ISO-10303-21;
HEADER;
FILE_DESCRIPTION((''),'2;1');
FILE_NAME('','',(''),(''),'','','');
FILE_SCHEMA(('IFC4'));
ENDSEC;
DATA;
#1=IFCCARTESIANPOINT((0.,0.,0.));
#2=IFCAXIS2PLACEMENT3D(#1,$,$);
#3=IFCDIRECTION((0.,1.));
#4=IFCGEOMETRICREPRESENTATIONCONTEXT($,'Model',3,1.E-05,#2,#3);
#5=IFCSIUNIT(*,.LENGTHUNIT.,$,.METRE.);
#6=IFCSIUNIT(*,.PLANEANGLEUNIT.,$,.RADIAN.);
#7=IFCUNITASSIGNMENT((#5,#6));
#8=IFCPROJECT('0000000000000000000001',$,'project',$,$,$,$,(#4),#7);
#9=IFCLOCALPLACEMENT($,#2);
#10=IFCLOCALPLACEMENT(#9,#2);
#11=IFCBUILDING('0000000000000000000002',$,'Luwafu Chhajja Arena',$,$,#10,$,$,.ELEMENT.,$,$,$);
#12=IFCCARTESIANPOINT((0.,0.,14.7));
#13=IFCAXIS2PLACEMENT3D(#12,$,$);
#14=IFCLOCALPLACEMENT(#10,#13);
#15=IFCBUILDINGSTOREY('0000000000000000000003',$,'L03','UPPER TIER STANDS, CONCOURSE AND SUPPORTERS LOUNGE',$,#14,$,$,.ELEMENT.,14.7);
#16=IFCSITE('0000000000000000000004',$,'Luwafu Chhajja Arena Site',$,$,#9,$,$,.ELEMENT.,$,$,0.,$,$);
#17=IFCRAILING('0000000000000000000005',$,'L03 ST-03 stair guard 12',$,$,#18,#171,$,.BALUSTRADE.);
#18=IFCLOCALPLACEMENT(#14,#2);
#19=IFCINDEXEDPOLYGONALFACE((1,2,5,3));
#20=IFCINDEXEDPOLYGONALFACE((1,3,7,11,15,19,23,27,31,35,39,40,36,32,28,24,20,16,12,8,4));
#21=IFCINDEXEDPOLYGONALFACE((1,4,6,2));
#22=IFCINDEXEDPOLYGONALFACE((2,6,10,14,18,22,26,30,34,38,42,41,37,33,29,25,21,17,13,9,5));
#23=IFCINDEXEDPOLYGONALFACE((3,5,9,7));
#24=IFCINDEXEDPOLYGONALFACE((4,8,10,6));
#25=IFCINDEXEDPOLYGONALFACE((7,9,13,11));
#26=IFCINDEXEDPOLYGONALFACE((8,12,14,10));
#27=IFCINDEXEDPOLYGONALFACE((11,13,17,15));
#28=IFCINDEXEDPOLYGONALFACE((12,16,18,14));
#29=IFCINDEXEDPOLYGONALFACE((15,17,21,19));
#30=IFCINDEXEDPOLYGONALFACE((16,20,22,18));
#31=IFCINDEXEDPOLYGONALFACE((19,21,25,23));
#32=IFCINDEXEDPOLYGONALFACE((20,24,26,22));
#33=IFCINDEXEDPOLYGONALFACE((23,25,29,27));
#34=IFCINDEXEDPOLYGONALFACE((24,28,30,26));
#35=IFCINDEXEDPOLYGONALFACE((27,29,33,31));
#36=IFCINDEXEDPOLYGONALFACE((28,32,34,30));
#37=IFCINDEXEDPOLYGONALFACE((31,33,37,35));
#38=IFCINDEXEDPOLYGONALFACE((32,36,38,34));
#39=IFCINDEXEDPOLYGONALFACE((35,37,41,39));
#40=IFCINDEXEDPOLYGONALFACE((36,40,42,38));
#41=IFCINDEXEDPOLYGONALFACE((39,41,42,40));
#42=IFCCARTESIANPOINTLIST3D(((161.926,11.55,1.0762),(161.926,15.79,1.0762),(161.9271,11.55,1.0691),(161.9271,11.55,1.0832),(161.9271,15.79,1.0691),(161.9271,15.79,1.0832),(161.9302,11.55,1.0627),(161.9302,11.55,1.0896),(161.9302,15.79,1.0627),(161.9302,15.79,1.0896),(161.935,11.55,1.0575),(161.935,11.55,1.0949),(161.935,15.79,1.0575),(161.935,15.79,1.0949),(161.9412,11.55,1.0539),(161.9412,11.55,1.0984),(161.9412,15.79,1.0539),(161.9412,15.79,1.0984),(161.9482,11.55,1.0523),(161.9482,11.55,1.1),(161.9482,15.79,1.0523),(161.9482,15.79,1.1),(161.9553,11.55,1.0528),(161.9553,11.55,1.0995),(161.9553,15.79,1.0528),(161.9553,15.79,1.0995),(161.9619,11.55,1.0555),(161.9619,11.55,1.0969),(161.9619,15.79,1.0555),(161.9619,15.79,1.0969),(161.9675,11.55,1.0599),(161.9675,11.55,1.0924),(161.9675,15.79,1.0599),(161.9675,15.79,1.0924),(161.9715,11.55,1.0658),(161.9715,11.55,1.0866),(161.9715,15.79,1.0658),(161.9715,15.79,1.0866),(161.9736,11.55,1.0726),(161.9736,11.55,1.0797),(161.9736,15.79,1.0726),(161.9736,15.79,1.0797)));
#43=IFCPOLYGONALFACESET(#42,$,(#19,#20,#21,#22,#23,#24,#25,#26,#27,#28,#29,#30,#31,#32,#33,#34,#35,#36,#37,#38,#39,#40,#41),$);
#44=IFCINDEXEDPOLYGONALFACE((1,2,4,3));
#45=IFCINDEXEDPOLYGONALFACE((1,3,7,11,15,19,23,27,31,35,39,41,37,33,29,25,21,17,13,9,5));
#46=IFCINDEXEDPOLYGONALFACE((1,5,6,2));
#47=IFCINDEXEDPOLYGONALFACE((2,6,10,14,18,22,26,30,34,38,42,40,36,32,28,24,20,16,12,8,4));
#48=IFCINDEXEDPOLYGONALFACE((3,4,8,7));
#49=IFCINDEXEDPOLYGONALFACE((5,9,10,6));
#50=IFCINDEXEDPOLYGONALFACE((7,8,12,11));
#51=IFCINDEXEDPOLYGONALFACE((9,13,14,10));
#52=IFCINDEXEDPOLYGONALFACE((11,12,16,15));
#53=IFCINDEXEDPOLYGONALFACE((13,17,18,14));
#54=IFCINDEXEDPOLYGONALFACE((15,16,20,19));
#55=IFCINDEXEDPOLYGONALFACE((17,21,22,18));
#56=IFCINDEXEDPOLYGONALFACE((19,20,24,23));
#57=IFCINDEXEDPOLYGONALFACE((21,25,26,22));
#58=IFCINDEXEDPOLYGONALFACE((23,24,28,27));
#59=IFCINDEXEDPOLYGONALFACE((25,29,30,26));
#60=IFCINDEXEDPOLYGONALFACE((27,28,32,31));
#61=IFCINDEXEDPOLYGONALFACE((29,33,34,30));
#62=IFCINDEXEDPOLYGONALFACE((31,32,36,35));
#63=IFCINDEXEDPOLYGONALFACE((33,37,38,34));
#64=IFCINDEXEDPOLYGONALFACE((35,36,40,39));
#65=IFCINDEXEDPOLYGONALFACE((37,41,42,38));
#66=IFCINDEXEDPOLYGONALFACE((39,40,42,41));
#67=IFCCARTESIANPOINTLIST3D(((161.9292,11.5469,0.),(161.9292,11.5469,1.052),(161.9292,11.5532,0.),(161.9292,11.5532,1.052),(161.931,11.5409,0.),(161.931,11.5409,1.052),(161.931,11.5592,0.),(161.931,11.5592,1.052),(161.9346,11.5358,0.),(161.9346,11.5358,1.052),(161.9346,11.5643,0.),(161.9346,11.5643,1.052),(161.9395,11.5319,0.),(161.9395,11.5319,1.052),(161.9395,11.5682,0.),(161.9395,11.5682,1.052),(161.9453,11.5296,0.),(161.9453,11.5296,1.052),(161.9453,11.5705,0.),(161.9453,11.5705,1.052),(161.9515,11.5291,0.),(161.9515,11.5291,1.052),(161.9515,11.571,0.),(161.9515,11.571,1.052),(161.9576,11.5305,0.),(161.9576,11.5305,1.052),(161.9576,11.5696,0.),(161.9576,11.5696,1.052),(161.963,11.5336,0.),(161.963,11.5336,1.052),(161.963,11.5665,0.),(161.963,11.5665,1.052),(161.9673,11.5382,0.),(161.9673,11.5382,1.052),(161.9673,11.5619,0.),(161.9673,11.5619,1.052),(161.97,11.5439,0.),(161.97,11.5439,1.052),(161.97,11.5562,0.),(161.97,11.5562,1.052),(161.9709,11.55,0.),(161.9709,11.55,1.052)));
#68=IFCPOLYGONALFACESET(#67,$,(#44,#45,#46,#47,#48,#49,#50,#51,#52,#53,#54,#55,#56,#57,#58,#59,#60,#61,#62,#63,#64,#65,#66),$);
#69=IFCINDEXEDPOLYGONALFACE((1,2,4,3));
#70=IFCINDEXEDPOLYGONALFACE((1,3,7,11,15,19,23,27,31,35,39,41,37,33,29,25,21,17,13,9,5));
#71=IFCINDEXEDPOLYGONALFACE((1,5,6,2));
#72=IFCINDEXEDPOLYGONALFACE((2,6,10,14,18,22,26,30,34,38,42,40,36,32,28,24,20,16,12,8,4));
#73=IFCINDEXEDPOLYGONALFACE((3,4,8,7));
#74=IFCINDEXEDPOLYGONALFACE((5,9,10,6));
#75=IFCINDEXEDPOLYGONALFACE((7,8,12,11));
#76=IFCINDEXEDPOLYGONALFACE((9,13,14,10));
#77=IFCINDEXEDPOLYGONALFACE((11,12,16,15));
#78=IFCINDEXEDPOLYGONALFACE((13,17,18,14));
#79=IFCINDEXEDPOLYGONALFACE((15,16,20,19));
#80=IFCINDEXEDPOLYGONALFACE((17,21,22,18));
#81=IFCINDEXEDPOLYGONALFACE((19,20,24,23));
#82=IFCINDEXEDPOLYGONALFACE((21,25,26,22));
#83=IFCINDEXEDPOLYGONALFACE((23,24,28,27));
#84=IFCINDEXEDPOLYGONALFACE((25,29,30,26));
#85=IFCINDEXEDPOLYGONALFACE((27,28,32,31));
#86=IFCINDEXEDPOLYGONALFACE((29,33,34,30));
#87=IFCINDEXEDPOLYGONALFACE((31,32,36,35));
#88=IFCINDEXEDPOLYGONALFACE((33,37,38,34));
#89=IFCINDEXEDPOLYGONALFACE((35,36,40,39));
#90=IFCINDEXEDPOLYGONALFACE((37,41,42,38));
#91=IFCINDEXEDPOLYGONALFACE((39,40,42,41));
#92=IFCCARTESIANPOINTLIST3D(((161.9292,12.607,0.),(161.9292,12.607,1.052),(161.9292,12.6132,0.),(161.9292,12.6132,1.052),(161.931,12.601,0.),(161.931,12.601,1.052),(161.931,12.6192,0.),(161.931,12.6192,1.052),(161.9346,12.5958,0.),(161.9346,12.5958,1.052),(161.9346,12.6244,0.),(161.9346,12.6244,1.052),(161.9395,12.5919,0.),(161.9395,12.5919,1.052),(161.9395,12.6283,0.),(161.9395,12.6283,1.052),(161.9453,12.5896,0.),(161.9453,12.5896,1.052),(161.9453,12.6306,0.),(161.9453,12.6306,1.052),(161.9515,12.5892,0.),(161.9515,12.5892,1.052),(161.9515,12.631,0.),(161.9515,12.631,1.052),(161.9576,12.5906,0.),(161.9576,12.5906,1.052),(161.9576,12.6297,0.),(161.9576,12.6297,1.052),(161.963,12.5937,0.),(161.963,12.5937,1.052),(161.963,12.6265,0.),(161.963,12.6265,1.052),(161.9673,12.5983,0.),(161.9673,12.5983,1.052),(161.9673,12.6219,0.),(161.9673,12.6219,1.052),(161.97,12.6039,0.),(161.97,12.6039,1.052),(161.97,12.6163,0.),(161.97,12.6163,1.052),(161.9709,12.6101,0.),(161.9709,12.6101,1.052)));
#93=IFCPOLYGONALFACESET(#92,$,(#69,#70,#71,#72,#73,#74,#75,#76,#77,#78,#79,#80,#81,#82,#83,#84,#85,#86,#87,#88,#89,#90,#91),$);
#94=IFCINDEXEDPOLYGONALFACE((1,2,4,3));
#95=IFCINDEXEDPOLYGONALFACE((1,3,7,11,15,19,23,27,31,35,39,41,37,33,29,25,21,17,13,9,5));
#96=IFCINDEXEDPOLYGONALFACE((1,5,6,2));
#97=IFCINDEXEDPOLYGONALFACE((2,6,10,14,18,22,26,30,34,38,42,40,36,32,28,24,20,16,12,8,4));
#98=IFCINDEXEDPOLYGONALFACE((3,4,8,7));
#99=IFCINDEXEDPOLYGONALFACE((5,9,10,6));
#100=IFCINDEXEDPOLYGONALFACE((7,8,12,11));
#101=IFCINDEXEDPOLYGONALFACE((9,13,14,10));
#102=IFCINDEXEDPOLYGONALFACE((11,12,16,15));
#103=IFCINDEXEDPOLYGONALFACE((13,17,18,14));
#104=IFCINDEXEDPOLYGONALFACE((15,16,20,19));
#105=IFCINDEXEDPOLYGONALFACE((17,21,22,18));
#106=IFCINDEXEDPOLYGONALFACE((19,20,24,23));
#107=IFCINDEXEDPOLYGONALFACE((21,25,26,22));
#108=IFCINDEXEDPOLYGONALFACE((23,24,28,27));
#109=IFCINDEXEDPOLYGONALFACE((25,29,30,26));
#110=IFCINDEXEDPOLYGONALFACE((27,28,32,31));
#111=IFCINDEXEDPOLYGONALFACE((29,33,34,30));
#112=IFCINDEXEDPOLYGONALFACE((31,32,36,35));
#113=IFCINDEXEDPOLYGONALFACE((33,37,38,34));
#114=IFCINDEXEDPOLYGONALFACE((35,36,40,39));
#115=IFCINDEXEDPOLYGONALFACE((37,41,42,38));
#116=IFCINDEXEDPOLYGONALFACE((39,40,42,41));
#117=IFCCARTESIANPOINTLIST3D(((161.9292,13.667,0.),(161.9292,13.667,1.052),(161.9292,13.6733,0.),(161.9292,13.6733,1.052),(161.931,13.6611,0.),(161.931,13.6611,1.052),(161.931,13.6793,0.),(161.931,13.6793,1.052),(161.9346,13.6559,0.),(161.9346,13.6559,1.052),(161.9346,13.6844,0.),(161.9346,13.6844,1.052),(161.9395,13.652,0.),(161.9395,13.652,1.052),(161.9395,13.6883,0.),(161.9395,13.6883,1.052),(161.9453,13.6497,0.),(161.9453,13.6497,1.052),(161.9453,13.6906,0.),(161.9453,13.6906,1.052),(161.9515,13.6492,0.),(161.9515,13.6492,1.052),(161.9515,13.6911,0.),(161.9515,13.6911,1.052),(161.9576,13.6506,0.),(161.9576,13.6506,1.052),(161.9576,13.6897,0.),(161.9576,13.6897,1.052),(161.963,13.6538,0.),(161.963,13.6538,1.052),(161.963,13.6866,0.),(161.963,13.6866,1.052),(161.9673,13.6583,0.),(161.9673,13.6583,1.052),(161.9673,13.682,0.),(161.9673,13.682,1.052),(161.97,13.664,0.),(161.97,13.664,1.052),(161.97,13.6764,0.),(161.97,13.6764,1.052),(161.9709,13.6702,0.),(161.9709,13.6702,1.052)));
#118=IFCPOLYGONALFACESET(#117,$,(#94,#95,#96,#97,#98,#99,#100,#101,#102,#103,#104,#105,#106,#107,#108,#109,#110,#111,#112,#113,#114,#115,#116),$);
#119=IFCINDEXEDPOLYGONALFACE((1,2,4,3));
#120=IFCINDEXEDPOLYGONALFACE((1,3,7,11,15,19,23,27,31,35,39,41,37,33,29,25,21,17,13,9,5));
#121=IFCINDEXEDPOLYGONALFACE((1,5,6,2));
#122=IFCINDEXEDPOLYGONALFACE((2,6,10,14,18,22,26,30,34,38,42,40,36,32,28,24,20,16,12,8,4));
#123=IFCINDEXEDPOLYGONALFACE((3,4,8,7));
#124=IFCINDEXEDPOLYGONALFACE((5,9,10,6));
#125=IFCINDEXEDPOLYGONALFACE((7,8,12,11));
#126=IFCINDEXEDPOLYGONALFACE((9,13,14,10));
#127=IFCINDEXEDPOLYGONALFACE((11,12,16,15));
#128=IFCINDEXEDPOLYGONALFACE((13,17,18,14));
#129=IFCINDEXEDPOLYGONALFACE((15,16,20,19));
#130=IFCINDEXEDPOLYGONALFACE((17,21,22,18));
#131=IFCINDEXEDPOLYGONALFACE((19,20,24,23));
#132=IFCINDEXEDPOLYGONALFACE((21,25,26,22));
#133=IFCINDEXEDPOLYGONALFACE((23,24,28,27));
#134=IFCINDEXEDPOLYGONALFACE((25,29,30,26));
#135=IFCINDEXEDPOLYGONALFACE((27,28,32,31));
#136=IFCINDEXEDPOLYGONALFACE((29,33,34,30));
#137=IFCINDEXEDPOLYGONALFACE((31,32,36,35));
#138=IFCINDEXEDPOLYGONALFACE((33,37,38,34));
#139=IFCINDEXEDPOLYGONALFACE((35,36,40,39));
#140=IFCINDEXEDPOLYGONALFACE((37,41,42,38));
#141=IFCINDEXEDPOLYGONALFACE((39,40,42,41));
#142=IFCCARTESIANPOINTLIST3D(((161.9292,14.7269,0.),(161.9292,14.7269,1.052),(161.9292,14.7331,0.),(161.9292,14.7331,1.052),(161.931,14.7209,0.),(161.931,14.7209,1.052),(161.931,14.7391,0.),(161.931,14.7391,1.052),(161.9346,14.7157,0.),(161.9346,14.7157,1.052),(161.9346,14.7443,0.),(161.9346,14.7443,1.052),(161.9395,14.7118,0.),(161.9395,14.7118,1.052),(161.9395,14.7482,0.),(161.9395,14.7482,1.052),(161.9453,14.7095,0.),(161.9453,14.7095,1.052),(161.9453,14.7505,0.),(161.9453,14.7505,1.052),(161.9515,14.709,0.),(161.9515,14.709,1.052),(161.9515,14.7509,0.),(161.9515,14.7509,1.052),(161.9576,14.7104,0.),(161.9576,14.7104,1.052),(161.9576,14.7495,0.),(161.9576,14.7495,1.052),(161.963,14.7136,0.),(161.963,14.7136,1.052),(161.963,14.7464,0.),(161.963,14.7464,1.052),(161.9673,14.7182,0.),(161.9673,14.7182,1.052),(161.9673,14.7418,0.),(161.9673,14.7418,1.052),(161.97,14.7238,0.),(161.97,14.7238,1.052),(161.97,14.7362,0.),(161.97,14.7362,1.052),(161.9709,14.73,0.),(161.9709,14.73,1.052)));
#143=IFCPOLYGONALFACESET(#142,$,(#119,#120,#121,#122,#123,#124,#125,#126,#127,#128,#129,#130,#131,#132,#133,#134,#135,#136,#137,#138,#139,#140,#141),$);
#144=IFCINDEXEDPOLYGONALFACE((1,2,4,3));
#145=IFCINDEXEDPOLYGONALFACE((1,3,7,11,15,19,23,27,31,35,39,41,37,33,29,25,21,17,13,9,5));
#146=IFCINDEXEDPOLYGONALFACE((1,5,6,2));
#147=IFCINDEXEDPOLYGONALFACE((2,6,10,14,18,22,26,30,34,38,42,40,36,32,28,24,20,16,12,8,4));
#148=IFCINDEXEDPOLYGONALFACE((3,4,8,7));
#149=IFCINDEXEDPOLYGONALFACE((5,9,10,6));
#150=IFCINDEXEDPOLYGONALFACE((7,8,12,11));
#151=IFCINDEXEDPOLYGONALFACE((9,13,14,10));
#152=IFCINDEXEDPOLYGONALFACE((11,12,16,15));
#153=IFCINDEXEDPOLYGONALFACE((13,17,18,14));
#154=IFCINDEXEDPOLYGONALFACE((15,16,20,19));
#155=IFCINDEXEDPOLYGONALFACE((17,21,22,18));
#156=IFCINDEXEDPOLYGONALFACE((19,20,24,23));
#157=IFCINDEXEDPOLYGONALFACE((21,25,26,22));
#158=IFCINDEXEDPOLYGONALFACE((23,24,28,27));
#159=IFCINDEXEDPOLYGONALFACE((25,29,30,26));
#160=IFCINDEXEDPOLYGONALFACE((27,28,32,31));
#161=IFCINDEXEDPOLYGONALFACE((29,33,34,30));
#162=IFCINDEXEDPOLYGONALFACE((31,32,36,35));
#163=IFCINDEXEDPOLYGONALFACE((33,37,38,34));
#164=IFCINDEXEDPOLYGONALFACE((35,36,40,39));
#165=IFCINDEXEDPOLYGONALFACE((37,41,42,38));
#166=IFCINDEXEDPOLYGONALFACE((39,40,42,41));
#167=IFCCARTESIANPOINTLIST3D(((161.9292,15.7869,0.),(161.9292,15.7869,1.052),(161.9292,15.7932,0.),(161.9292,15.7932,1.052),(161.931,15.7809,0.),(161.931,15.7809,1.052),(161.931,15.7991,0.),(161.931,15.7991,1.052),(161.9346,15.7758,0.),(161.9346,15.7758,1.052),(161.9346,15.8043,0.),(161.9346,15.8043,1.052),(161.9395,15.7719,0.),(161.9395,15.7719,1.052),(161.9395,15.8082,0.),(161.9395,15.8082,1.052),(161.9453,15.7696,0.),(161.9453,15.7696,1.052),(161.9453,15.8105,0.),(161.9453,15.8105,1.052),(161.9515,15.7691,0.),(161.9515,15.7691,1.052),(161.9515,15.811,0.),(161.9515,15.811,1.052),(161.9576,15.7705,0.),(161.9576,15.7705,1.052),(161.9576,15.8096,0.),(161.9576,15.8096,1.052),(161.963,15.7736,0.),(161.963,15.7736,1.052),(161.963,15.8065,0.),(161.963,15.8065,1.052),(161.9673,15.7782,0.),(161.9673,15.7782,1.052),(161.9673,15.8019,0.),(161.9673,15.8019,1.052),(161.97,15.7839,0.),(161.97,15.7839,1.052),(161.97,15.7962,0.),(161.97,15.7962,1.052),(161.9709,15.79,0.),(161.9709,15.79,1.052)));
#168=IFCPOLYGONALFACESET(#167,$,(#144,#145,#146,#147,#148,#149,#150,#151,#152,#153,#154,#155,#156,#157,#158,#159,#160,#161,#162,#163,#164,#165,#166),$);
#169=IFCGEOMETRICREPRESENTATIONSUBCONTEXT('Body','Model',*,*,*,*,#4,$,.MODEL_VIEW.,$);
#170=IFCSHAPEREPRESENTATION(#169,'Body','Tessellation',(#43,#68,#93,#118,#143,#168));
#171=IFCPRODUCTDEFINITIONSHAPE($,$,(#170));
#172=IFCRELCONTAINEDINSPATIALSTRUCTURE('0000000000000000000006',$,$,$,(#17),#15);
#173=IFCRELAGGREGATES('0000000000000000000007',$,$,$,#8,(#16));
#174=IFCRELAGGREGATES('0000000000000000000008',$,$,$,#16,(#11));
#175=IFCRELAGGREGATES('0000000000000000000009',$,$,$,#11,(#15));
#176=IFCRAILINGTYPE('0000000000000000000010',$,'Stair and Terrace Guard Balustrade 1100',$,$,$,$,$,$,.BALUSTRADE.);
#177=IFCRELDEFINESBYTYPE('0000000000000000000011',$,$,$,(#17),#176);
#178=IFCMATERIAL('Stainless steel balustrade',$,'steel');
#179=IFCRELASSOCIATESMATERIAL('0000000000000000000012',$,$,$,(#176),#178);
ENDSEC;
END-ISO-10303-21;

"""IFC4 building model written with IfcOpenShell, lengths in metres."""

from ifc_helpers import new_model, si_unit, direction, frame, origin, origin_2d, place, context, subcontext, project, spatial, circle, extrude, material, type_object, element, save


model = new_model("IFC4")

# Units and contexts
model_context = context("Model", 3, precision=1e-05, world=origin(), true_north=direction((0.0, 1.0)))
body_context = subcontext(model_context, "Body", "Model", "MODEL_VIEW")
ifc_project = project(units=[si_unit("LENGTHUNIT", "METRE"), si_unit("PLANEANGLEUNIT", "RADIAN")], contexts=[model_context])

# Site, building, storey
site_placement = place(None, origin())
site = spatial("IfcSite", under=ifc_project, at=site_placement, Name="Luwafu Chhajja Arena Site", CompositionType="ELEMENT", RefElevation=0.0)
building_placement = place(site_placement, origin())
building = spatial("IfcBuilding", under=site, at=building_placement, Name="Luwafu Chhajja Arena", CompositionType="ELEMENT")
storey_placement = place(building_placement, frame((0.0, 0.0, 14.7)))
storey = spatial("IfcBuildingStorey", under=building, at=storey_placement, Name="L03", Description="UPPER TIER STANDS, CONCOURSE AND SUPPORTERS LOUNGE", CompositionType="ELEMENT", Elevation=14.7)

# Railing
ifc_material_1 = material(Name="Stainless steel balustrade", Category="steel")
railing_type_1 = type_object("IfcRailingType", Name="Stair and Terrace Guard Balustrade 1100", PredefinedType="BALUSTRADE", material=ifc_material_1)
railing_1_placement = place(storey_placement, frame((161.95, 11.55, 0.0)))
element("IfcRailing", 1, at=railing_1_placement, inside=storey, type_object=railing_type_1, Name="L03 ST-03 stair guard 12", PredefinedType="BALUSTRADE", context=body_context, shape_type="SweptSolid", body=[
    extrude(circle(Radius=0.0239, at=origin_2d()), frame((0.0, 0.0, 1.0762), z_axis=(0.0, 1.0, 0.0), x_axis=(-1.0, 0.0, 0.0)), (0.0, 0.0, 1.0), 4.24),
    extrude(circle(Radius=0.021, at=origin_2d()), origin(), (0.0, 0.0, 1.0), 1.052),
    extrude(circle(Radius=0.021, at=origin_2d()), frame((0.0, 1.0601, 0.0)), (0.0, 0.0, 1.0), 1.052),
    extrude(circle(Radius=0.021, at=origin_2d()), frame((0.0, 2.1201, 0.0)), (0.0, 0.0, 1.0), 1.052),
    extrude(circle(Radius=0.021, at=origin_2d()), frame((0.0, 3.1799, 0.0)), (0.0, 0.0, 1.0), 1.052),
    extrude(circle(Radius=0.021, at=origin_2d()), frame((0.0, 4.24, 0.0)), (0.0, 0.0, 1.0), 1.052),
])

save(model, "model.ifc")
